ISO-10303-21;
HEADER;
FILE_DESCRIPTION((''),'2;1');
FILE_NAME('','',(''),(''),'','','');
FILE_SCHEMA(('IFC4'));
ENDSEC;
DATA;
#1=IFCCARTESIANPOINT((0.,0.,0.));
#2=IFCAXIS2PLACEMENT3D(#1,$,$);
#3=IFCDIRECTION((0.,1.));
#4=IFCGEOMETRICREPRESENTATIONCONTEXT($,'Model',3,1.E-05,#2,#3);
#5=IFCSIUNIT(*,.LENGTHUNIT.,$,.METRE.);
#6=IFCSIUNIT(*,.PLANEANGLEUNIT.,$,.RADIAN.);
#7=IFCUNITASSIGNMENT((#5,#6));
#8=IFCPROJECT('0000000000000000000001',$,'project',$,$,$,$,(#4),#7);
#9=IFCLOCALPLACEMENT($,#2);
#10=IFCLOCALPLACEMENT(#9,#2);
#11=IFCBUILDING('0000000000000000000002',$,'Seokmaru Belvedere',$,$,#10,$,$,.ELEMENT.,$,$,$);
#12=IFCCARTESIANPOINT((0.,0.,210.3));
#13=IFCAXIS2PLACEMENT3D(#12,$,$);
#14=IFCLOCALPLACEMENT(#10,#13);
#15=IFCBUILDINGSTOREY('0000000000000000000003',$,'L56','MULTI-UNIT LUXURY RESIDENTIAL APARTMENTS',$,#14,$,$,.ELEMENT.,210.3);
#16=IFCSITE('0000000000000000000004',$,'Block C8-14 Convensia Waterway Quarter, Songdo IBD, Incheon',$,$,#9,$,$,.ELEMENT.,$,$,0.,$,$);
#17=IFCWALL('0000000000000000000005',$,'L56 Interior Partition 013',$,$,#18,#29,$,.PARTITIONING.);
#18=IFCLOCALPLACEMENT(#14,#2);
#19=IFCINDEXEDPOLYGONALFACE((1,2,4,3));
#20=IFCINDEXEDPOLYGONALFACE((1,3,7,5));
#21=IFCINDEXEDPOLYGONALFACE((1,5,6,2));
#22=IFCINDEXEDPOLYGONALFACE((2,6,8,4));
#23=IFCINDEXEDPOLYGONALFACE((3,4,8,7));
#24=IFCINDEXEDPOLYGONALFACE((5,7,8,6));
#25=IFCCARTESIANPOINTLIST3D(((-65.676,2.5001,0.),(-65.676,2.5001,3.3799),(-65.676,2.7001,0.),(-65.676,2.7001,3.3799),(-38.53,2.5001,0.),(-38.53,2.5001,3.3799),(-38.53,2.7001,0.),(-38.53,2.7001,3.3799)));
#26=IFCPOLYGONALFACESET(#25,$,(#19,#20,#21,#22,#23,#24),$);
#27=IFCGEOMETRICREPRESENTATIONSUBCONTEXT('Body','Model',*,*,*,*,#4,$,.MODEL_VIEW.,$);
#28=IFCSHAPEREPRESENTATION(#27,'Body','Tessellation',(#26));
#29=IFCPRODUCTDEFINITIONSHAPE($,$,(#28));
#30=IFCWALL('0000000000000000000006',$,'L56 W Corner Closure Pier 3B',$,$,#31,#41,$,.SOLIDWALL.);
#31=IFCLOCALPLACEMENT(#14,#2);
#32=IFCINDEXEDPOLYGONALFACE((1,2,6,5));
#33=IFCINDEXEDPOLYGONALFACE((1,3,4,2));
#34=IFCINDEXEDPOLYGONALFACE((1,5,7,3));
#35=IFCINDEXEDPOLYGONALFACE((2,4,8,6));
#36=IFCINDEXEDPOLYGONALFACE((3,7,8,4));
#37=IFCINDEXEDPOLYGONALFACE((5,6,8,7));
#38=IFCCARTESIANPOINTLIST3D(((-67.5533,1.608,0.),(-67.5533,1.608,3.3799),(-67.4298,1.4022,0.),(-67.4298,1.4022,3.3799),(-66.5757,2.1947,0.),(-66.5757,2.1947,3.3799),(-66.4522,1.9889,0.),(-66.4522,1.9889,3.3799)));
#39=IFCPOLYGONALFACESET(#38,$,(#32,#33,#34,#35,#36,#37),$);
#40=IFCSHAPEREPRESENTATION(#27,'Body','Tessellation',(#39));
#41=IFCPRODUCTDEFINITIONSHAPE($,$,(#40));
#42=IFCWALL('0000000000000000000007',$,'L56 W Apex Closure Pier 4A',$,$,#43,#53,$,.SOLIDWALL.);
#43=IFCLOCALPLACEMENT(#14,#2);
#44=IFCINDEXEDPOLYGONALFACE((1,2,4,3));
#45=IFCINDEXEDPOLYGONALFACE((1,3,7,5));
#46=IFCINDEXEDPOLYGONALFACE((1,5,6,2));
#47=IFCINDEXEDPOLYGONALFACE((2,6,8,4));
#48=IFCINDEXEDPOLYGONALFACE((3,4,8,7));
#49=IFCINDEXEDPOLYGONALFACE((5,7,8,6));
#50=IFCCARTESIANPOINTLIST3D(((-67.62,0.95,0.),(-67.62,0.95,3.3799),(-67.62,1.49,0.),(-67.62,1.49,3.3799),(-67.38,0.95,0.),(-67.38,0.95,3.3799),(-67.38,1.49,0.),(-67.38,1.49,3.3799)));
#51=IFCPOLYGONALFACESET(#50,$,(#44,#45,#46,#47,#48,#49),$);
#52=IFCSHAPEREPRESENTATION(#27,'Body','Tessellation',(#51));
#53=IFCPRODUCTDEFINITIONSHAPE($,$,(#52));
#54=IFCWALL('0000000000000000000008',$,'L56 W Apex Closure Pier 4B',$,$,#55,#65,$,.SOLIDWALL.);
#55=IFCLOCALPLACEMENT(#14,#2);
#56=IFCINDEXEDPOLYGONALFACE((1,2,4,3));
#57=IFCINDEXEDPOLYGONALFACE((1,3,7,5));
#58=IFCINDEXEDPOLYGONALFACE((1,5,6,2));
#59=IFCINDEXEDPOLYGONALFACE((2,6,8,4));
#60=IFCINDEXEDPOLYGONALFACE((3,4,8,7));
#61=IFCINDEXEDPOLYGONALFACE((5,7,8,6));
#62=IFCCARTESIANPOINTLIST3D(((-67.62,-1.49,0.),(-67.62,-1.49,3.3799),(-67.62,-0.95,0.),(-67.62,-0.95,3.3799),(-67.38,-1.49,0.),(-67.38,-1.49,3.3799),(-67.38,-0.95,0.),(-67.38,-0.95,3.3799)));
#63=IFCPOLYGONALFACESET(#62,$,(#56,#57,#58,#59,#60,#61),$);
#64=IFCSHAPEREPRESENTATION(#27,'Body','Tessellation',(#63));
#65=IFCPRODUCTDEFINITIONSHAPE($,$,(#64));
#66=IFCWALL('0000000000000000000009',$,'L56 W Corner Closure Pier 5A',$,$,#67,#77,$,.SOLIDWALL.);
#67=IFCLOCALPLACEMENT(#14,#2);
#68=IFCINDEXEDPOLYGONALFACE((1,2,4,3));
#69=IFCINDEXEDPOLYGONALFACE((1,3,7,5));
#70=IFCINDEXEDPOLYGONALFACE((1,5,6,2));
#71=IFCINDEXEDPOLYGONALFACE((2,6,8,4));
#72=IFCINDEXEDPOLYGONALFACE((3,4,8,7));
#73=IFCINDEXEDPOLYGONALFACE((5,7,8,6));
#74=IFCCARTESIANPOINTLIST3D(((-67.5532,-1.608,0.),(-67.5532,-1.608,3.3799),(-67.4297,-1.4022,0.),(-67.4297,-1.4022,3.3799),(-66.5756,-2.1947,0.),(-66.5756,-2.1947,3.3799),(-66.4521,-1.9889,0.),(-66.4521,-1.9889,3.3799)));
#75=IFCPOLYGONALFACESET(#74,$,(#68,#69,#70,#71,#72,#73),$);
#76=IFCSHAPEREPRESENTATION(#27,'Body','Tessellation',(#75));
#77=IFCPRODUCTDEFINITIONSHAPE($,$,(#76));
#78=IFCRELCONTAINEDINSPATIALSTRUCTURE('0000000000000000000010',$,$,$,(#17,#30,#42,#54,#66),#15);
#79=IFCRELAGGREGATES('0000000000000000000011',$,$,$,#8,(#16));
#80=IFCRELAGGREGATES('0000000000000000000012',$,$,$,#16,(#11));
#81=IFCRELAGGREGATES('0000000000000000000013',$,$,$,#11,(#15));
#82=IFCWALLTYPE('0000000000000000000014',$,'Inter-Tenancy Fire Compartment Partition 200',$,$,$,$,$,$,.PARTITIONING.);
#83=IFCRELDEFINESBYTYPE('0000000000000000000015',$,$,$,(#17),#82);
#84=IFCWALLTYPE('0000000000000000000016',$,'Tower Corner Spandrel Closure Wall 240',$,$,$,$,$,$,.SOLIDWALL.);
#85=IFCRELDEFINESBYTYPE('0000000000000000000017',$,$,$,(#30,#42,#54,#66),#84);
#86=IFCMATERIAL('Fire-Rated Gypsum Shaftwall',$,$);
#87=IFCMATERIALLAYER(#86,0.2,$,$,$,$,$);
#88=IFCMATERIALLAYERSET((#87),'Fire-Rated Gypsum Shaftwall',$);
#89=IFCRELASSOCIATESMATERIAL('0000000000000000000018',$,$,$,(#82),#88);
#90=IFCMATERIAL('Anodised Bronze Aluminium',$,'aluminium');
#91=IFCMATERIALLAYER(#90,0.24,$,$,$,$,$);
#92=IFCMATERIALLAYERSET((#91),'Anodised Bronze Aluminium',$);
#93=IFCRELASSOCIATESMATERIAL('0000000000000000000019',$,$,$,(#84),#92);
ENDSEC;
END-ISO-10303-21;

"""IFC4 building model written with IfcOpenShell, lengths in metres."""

from ifc_helpers import new_model, si_unit, direction, frame, frame_2d, origin, place, context, subcontext, project, spatial, rectangle, extrude, material, layer, layer_set, type_object, element, save


model = new_model("IFC4")

# Units and contexts
model_context = context("Model", 3, precision=1e-05, world=origin(), true_north=direction((0.0, 1.0)))
body_context = subcontext(model_context, "Body", "Model", "MODEL_VIEW")
ifc_project = project(units=[si_unit("LENGTHUNIT", "METRE"), si_unit("PLANEANGLEUNIT", "RADIAN")], contexts=[model_context])

# Site, building, storey
site_placement = place(None, origin())
site = spatial("IfcSite", under=ifc_project, at=site_placement, Name="Block C8-14 Convensia Waterway Quarter, Songdo IBD, Incheon", CompositionType="ELEMENT", RefElevation=0.0)
building_placement = place(site_placement, origin())
building = spatial("IfcBuilding", under=site, at=building_placement, Name="Seokmaru Belvedere", CompositionType="ELEMENT")
storey_placement = place(building_placement, frame((0.0, 0.0, 210.3)))
storey = spatial("IfcBuildingStorey", under=building, at=storey_placement, Name="L56", Description="MULTI-UNIT LUXURY RESIDENTIAL APARTMENTS", CompositionType="ELEMENT", Elevation=210.3)

# Shared definitions
ifc_material_1 = material(Name="Anodised Bronze Aluminium", Category="aluminium")

# Walls
ifc_material_2 = material(Name="Fire-Rated Gypsum Shaftwall")
ifc_layer_1 = layer(ifc_material_2, 0.2)
ifc_layer_set_1 = layer_set([ifc_layer_1], Name="Fire-Rated Gypsum Shaftwall")
wall_type_1 = type_object("IfcWallType", Name="Inter-Tenancy Fire Compartment Partition 200", PredefinedType="PARTITIONING", material=ifc_layer_set_1)
wall_1_placement = place(storey_placement, frame((-65.676, 2.6001, 0.0), z_axis=(0.0, 0.0, 1.0), x_axis=(1.0, 0.0, 0.0)))
element("IfcWall", 1, at=wall_1_placement, inside=storey, type_object=wall_type_1, Name="L56 Interior Partition 013", PredefinedType="PARTITIONING", context=body_context, shape_type="SweptSolid", body=[
    extrude(rectangle(XDim=27.146, YDim=0.2, at=frame_2d((13.573, 0.0))), origin(), (0.0, 0.0, 1.0), 3.3799),
])
ifc_layer_2 = layer(ifc_material_1, 0.24)
ifc_layer_set_2 = layer_set([ifc_layer_2], Name="Anodised Bronze Aluminium")
wall_type_2 = type_object("IfcWallType", Name="Tower Corner Spandrel Closure Wall 240", PredefinedType="SOLIDWALL", material=ifc_layer_set_2)
wall_2_placement = place(storey_placement, frame((-66.5139, 2.0918, 0.0), z_axis=(0.0, 0.0, 1.0), x_axis=(-0.857436, -0.51459, 0.0)))
element("IfcWall", 2, at=wall_2_placement, inside=storey, type_object=wall_type_2, Name="L56 W Corner Closure Pier 3B", PredefinedType="SOLIDWALL", context=body_context, shape_type="SweptSolid", body=[
    extrude(rectangle(XDim=1.1401, YDim=0.24, at=frame_2d((0.5701, 0.0))), origin(), (0.0, 0.0, 1.0), 3.3799),
])
for number, where, z_axis, x_axis, name in (
    (3, (-67.5, 1.49, 0.0), (0.0, 0.0, 1.0), (0.0, -1.0, 0.0), "L56 W Apex Closure Pier 4A"),
    (4, (-67.5, -0.95, 0.0), (0.0, 0.0, 1.0), (0.0, -1.0, 0.0), "L56 W Apex Closure Pier 4B"),
):
    element("IfcWall", number, at=place(storey_placement, frame(where, z_axis=z_axis, x_axis=x_axis)), inside=storey, type_object=wall_type_2, Name=name, PredefinedType="SOLIDWALL", context=body_context, shape_type="SweptSolid", body=[
        extrude(rectangle(XDim=0.54, YDim=0.24, at=frame_2d((0.27, 0.0))), origin(), (0.0, 0.0, 1.0), 3.3799),
    ])
wall_3_placement = place(storey_placement, frame((-67.4915, -1.5051, 0.0), z_axis=(0.0, 0.0, 1.0), x_axis=(0.857436, -0.51459, 0.0)))
element("IfcWall", 5, at=wall_3_placement, inside=storey, type_object=wall_type_2, Name="L56 W Corner Closure Pier 5A", PredefinedType="SOLIDWALL", context=body_context, shape_type="SweptSolid", body=[
    extrude(rectangle(XDim=1.1401, YDim=0.24, at=frame_2d((0.5701, 0.0))), origin(), (0.0, 0.0, 1.0), 3.3799),
])

save(model, "model.ifc")
